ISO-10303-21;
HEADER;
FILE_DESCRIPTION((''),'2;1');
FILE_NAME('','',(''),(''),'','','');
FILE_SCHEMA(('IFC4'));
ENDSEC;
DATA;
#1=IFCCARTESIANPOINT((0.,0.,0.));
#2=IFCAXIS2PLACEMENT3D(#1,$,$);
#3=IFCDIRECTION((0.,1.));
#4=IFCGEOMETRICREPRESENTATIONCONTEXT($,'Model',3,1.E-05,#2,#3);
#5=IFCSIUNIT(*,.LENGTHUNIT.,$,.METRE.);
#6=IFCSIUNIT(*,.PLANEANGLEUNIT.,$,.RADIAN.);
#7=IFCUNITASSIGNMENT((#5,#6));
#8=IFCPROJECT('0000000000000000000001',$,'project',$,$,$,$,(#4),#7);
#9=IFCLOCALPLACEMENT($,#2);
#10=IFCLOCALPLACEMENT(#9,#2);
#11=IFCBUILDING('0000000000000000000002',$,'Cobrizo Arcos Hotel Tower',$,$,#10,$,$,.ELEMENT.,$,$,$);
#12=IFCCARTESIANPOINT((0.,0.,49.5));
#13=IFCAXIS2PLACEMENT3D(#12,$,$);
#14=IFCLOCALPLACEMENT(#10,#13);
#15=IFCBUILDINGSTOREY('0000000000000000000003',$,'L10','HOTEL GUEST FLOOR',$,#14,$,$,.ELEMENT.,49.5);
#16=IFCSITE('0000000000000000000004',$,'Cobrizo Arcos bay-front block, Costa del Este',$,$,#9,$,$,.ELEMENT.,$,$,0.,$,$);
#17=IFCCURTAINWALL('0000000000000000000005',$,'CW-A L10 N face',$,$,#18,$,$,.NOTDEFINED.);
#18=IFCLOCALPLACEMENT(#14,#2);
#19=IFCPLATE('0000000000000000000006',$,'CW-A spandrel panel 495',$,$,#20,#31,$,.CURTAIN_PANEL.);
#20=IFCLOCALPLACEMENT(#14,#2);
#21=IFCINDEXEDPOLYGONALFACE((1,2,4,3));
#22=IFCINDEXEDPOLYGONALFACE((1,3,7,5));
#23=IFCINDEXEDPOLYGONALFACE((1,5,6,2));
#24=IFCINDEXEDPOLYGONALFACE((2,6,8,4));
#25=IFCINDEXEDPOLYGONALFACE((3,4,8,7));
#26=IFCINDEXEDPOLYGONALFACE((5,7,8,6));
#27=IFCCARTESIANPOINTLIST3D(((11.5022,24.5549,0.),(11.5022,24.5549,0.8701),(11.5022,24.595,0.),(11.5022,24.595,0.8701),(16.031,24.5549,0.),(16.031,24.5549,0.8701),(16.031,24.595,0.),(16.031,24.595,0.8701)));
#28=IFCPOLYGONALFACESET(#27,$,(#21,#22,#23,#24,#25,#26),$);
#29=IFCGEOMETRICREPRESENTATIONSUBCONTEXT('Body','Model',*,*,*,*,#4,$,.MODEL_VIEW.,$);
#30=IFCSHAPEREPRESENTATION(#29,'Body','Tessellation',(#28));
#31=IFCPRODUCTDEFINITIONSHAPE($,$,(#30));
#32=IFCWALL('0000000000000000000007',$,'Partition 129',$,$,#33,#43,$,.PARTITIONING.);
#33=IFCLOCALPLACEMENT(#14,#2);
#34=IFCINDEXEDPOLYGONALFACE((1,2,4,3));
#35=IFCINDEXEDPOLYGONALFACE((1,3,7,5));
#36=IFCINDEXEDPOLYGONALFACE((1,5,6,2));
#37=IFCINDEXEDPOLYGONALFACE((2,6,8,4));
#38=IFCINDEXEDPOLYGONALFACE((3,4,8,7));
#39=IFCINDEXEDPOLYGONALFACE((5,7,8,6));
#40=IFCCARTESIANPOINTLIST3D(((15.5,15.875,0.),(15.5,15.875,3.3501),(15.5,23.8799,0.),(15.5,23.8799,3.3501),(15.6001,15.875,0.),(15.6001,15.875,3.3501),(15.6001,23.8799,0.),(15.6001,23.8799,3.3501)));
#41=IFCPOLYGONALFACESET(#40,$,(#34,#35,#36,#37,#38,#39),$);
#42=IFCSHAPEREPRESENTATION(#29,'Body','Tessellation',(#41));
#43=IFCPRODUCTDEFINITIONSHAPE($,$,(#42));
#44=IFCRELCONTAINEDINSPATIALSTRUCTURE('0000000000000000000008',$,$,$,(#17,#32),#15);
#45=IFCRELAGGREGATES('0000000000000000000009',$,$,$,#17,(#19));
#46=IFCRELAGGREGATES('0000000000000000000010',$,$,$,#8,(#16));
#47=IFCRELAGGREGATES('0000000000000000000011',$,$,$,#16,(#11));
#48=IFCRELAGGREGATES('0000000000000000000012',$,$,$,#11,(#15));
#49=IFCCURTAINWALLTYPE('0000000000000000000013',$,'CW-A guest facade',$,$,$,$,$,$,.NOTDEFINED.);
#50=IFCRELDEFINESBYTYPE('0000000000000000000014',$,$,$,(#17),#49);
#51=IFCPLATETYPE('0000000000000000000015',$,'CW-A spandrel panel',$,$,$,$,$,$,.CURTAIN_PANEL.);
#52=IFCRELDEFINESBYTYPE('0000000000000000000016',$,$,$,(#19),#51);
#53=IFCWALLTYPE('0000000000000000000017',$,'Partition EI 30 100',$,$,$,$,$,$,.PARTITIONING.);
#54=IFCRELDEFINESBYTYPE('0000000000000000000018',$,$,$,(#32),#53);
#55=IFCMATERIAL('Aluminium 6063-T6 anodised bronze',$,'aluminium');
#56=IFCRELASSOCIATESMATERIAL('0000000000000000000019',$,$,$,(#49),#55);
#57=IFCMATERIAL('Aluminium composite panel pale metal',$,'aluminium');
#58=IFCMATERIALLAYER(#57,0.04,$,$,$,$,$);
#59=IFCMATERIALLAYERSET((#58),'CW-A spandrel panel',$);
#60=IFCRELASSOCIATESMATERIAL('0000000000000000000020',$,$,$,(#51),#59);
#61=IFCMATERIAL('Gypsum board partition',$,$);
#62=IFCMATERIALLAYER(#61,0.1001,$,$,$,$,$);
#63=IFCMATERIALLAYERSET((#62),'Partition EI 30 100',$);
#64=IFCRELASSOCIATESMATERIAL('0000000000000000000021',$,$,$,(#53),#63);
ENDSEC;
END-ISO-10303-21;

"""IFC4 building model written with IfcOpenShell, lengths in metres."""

from ifc_helpers import new_model, si_unit, direction, frame, frame_2d, origin, origin_2d, place, context, subcontext, project, spatial, rectangle, extrude, material, layer, layer_set, type_object, element, aggregate, save


model = new_model("IFC4")

# Units and contexts
model_context = context("Model", 3, precision=1e-05, world=origin(), true_north=direction((0.0, 1.0)))
body_context = subcontext(model_context, "Body", "Model", "MODEL_VIEW")
ifc_project = project(units=[si_unit("LENGTHUNIT", "METRE"), si_unit("PLANEANGLEUNIT", "RADIAN")], contexts=[model_context])

# Site, building, storey
site_placement = place(None, origin())
site = spatial("IfcSite", under=ifc_project, at=site_placement, Name="Cobrizo Arcos bay-front block, Costa del Este", CompositionType="ELEMENT", RefElevation=0.0)
building_placement = place(site_placement, origin())
building = spatial("IfcBuilding", under=site, at=building_placement, Name="Cobrizo Arcos Hotel Tower", CompositionType="ELEMENT")
storey_placement = place(building_placement, frame((0.0, 0.0, 49.5)))
storey = spatial("IfcBuildingStorey", under=building, at=storey_placement, Name="L10", Description="HOTEL GUEST FLOOR", CompositionType="ELEMENT", Elevation=49.5)

# Curtain wall
ifc_material_1 = material(Name="Aluminium 6063-T6 anodised bronze", Category="aluminium")
curtain_wall_type = type_object("IfcCurtainWallType", Name="CW-A guest facade", PredefinedType="NOTDEFINED", material=ifc_material_1)
curtain_wall_1_placement = place(storey_placement, origin())
curtain_wall_1 = element("IfcCurtainWall", 1, at=curtain_wall_1_placement, inside=storey, type_object=curtain_wall_type, Name="CW-A L10 N face", PredefinedType="NOTDEFINED")

# Plate
ifc_material_2 = material(Name="Aluminium composite panel pale metal", Category="aluminium")
ifc_layer_1 = layer(ifc_material_2, 0.04)
ifc_layer_set_1 = layer_set([ifc_layer_1], Name="CW-A spandrel panel")
plate_type_1 = type_object("IfcPlateType", Name="CW-A spandrel panel", PredefinedType="CURTAIN_PANEL", material=ifc_layer_set_1)
plate_1_placement = place(storey_placement, frame((13.7666, 24.575, 0.0), z_axis=(0.0, 0.0, 1.0), x_axis=(-1.0, 0.0, 0.0)))
plate_1 = element("IfcPlate", 2, at=plate_1_placement, type_object=plate_type_1, Name="CW-A spandrel panel 495", PredefinedType="CURTAIN_PANEL", context=body_context, shape_type="SweptSolid", body=[
    extrude(rectangle(XDim=4.5288, YDim=0.04, at=origin_2d()), origin(), (0.0, 0.0, 1.0), 0.8701),
])
aggregate(curtain_wall_1, [plate_1])

# Wall
ifc_material_3 = material(Name="Gypsum board partition")
ifc_layer_2 = layer(ifc_material_3, 0.1001)
ifc_layer_set_2 = layer_set([ifc_layer_2], Name="Partition EI 30 100")
wall_type = type_object("IfcWallType", Name="Partition EI 30 100", PredefinedType="PARTITIONING", material=ifc_layer_set_2)
wall_placement = place(storey_placement, frame((15.55, 15.875, 0.0), z_axis=(0.0, 0.0, 1.0), x_axis=(0.0, 1.0, 0.0)))
element("IfcWall", 3, at=wall_placement, inside=storey, type_object=wall_type, Name="Partition 129", PredefinedType="PARTITIONING", context=body_context, shape_type="SweptSolid", body=[
    extrude(rectangle(XDim=8.0049, YDim=0.1001, at=frame_2d((4.0024, 0.0))), origin(), (0.0, 0.0, 1.0), 3.3501),
])

save(model, "model.ifc")
